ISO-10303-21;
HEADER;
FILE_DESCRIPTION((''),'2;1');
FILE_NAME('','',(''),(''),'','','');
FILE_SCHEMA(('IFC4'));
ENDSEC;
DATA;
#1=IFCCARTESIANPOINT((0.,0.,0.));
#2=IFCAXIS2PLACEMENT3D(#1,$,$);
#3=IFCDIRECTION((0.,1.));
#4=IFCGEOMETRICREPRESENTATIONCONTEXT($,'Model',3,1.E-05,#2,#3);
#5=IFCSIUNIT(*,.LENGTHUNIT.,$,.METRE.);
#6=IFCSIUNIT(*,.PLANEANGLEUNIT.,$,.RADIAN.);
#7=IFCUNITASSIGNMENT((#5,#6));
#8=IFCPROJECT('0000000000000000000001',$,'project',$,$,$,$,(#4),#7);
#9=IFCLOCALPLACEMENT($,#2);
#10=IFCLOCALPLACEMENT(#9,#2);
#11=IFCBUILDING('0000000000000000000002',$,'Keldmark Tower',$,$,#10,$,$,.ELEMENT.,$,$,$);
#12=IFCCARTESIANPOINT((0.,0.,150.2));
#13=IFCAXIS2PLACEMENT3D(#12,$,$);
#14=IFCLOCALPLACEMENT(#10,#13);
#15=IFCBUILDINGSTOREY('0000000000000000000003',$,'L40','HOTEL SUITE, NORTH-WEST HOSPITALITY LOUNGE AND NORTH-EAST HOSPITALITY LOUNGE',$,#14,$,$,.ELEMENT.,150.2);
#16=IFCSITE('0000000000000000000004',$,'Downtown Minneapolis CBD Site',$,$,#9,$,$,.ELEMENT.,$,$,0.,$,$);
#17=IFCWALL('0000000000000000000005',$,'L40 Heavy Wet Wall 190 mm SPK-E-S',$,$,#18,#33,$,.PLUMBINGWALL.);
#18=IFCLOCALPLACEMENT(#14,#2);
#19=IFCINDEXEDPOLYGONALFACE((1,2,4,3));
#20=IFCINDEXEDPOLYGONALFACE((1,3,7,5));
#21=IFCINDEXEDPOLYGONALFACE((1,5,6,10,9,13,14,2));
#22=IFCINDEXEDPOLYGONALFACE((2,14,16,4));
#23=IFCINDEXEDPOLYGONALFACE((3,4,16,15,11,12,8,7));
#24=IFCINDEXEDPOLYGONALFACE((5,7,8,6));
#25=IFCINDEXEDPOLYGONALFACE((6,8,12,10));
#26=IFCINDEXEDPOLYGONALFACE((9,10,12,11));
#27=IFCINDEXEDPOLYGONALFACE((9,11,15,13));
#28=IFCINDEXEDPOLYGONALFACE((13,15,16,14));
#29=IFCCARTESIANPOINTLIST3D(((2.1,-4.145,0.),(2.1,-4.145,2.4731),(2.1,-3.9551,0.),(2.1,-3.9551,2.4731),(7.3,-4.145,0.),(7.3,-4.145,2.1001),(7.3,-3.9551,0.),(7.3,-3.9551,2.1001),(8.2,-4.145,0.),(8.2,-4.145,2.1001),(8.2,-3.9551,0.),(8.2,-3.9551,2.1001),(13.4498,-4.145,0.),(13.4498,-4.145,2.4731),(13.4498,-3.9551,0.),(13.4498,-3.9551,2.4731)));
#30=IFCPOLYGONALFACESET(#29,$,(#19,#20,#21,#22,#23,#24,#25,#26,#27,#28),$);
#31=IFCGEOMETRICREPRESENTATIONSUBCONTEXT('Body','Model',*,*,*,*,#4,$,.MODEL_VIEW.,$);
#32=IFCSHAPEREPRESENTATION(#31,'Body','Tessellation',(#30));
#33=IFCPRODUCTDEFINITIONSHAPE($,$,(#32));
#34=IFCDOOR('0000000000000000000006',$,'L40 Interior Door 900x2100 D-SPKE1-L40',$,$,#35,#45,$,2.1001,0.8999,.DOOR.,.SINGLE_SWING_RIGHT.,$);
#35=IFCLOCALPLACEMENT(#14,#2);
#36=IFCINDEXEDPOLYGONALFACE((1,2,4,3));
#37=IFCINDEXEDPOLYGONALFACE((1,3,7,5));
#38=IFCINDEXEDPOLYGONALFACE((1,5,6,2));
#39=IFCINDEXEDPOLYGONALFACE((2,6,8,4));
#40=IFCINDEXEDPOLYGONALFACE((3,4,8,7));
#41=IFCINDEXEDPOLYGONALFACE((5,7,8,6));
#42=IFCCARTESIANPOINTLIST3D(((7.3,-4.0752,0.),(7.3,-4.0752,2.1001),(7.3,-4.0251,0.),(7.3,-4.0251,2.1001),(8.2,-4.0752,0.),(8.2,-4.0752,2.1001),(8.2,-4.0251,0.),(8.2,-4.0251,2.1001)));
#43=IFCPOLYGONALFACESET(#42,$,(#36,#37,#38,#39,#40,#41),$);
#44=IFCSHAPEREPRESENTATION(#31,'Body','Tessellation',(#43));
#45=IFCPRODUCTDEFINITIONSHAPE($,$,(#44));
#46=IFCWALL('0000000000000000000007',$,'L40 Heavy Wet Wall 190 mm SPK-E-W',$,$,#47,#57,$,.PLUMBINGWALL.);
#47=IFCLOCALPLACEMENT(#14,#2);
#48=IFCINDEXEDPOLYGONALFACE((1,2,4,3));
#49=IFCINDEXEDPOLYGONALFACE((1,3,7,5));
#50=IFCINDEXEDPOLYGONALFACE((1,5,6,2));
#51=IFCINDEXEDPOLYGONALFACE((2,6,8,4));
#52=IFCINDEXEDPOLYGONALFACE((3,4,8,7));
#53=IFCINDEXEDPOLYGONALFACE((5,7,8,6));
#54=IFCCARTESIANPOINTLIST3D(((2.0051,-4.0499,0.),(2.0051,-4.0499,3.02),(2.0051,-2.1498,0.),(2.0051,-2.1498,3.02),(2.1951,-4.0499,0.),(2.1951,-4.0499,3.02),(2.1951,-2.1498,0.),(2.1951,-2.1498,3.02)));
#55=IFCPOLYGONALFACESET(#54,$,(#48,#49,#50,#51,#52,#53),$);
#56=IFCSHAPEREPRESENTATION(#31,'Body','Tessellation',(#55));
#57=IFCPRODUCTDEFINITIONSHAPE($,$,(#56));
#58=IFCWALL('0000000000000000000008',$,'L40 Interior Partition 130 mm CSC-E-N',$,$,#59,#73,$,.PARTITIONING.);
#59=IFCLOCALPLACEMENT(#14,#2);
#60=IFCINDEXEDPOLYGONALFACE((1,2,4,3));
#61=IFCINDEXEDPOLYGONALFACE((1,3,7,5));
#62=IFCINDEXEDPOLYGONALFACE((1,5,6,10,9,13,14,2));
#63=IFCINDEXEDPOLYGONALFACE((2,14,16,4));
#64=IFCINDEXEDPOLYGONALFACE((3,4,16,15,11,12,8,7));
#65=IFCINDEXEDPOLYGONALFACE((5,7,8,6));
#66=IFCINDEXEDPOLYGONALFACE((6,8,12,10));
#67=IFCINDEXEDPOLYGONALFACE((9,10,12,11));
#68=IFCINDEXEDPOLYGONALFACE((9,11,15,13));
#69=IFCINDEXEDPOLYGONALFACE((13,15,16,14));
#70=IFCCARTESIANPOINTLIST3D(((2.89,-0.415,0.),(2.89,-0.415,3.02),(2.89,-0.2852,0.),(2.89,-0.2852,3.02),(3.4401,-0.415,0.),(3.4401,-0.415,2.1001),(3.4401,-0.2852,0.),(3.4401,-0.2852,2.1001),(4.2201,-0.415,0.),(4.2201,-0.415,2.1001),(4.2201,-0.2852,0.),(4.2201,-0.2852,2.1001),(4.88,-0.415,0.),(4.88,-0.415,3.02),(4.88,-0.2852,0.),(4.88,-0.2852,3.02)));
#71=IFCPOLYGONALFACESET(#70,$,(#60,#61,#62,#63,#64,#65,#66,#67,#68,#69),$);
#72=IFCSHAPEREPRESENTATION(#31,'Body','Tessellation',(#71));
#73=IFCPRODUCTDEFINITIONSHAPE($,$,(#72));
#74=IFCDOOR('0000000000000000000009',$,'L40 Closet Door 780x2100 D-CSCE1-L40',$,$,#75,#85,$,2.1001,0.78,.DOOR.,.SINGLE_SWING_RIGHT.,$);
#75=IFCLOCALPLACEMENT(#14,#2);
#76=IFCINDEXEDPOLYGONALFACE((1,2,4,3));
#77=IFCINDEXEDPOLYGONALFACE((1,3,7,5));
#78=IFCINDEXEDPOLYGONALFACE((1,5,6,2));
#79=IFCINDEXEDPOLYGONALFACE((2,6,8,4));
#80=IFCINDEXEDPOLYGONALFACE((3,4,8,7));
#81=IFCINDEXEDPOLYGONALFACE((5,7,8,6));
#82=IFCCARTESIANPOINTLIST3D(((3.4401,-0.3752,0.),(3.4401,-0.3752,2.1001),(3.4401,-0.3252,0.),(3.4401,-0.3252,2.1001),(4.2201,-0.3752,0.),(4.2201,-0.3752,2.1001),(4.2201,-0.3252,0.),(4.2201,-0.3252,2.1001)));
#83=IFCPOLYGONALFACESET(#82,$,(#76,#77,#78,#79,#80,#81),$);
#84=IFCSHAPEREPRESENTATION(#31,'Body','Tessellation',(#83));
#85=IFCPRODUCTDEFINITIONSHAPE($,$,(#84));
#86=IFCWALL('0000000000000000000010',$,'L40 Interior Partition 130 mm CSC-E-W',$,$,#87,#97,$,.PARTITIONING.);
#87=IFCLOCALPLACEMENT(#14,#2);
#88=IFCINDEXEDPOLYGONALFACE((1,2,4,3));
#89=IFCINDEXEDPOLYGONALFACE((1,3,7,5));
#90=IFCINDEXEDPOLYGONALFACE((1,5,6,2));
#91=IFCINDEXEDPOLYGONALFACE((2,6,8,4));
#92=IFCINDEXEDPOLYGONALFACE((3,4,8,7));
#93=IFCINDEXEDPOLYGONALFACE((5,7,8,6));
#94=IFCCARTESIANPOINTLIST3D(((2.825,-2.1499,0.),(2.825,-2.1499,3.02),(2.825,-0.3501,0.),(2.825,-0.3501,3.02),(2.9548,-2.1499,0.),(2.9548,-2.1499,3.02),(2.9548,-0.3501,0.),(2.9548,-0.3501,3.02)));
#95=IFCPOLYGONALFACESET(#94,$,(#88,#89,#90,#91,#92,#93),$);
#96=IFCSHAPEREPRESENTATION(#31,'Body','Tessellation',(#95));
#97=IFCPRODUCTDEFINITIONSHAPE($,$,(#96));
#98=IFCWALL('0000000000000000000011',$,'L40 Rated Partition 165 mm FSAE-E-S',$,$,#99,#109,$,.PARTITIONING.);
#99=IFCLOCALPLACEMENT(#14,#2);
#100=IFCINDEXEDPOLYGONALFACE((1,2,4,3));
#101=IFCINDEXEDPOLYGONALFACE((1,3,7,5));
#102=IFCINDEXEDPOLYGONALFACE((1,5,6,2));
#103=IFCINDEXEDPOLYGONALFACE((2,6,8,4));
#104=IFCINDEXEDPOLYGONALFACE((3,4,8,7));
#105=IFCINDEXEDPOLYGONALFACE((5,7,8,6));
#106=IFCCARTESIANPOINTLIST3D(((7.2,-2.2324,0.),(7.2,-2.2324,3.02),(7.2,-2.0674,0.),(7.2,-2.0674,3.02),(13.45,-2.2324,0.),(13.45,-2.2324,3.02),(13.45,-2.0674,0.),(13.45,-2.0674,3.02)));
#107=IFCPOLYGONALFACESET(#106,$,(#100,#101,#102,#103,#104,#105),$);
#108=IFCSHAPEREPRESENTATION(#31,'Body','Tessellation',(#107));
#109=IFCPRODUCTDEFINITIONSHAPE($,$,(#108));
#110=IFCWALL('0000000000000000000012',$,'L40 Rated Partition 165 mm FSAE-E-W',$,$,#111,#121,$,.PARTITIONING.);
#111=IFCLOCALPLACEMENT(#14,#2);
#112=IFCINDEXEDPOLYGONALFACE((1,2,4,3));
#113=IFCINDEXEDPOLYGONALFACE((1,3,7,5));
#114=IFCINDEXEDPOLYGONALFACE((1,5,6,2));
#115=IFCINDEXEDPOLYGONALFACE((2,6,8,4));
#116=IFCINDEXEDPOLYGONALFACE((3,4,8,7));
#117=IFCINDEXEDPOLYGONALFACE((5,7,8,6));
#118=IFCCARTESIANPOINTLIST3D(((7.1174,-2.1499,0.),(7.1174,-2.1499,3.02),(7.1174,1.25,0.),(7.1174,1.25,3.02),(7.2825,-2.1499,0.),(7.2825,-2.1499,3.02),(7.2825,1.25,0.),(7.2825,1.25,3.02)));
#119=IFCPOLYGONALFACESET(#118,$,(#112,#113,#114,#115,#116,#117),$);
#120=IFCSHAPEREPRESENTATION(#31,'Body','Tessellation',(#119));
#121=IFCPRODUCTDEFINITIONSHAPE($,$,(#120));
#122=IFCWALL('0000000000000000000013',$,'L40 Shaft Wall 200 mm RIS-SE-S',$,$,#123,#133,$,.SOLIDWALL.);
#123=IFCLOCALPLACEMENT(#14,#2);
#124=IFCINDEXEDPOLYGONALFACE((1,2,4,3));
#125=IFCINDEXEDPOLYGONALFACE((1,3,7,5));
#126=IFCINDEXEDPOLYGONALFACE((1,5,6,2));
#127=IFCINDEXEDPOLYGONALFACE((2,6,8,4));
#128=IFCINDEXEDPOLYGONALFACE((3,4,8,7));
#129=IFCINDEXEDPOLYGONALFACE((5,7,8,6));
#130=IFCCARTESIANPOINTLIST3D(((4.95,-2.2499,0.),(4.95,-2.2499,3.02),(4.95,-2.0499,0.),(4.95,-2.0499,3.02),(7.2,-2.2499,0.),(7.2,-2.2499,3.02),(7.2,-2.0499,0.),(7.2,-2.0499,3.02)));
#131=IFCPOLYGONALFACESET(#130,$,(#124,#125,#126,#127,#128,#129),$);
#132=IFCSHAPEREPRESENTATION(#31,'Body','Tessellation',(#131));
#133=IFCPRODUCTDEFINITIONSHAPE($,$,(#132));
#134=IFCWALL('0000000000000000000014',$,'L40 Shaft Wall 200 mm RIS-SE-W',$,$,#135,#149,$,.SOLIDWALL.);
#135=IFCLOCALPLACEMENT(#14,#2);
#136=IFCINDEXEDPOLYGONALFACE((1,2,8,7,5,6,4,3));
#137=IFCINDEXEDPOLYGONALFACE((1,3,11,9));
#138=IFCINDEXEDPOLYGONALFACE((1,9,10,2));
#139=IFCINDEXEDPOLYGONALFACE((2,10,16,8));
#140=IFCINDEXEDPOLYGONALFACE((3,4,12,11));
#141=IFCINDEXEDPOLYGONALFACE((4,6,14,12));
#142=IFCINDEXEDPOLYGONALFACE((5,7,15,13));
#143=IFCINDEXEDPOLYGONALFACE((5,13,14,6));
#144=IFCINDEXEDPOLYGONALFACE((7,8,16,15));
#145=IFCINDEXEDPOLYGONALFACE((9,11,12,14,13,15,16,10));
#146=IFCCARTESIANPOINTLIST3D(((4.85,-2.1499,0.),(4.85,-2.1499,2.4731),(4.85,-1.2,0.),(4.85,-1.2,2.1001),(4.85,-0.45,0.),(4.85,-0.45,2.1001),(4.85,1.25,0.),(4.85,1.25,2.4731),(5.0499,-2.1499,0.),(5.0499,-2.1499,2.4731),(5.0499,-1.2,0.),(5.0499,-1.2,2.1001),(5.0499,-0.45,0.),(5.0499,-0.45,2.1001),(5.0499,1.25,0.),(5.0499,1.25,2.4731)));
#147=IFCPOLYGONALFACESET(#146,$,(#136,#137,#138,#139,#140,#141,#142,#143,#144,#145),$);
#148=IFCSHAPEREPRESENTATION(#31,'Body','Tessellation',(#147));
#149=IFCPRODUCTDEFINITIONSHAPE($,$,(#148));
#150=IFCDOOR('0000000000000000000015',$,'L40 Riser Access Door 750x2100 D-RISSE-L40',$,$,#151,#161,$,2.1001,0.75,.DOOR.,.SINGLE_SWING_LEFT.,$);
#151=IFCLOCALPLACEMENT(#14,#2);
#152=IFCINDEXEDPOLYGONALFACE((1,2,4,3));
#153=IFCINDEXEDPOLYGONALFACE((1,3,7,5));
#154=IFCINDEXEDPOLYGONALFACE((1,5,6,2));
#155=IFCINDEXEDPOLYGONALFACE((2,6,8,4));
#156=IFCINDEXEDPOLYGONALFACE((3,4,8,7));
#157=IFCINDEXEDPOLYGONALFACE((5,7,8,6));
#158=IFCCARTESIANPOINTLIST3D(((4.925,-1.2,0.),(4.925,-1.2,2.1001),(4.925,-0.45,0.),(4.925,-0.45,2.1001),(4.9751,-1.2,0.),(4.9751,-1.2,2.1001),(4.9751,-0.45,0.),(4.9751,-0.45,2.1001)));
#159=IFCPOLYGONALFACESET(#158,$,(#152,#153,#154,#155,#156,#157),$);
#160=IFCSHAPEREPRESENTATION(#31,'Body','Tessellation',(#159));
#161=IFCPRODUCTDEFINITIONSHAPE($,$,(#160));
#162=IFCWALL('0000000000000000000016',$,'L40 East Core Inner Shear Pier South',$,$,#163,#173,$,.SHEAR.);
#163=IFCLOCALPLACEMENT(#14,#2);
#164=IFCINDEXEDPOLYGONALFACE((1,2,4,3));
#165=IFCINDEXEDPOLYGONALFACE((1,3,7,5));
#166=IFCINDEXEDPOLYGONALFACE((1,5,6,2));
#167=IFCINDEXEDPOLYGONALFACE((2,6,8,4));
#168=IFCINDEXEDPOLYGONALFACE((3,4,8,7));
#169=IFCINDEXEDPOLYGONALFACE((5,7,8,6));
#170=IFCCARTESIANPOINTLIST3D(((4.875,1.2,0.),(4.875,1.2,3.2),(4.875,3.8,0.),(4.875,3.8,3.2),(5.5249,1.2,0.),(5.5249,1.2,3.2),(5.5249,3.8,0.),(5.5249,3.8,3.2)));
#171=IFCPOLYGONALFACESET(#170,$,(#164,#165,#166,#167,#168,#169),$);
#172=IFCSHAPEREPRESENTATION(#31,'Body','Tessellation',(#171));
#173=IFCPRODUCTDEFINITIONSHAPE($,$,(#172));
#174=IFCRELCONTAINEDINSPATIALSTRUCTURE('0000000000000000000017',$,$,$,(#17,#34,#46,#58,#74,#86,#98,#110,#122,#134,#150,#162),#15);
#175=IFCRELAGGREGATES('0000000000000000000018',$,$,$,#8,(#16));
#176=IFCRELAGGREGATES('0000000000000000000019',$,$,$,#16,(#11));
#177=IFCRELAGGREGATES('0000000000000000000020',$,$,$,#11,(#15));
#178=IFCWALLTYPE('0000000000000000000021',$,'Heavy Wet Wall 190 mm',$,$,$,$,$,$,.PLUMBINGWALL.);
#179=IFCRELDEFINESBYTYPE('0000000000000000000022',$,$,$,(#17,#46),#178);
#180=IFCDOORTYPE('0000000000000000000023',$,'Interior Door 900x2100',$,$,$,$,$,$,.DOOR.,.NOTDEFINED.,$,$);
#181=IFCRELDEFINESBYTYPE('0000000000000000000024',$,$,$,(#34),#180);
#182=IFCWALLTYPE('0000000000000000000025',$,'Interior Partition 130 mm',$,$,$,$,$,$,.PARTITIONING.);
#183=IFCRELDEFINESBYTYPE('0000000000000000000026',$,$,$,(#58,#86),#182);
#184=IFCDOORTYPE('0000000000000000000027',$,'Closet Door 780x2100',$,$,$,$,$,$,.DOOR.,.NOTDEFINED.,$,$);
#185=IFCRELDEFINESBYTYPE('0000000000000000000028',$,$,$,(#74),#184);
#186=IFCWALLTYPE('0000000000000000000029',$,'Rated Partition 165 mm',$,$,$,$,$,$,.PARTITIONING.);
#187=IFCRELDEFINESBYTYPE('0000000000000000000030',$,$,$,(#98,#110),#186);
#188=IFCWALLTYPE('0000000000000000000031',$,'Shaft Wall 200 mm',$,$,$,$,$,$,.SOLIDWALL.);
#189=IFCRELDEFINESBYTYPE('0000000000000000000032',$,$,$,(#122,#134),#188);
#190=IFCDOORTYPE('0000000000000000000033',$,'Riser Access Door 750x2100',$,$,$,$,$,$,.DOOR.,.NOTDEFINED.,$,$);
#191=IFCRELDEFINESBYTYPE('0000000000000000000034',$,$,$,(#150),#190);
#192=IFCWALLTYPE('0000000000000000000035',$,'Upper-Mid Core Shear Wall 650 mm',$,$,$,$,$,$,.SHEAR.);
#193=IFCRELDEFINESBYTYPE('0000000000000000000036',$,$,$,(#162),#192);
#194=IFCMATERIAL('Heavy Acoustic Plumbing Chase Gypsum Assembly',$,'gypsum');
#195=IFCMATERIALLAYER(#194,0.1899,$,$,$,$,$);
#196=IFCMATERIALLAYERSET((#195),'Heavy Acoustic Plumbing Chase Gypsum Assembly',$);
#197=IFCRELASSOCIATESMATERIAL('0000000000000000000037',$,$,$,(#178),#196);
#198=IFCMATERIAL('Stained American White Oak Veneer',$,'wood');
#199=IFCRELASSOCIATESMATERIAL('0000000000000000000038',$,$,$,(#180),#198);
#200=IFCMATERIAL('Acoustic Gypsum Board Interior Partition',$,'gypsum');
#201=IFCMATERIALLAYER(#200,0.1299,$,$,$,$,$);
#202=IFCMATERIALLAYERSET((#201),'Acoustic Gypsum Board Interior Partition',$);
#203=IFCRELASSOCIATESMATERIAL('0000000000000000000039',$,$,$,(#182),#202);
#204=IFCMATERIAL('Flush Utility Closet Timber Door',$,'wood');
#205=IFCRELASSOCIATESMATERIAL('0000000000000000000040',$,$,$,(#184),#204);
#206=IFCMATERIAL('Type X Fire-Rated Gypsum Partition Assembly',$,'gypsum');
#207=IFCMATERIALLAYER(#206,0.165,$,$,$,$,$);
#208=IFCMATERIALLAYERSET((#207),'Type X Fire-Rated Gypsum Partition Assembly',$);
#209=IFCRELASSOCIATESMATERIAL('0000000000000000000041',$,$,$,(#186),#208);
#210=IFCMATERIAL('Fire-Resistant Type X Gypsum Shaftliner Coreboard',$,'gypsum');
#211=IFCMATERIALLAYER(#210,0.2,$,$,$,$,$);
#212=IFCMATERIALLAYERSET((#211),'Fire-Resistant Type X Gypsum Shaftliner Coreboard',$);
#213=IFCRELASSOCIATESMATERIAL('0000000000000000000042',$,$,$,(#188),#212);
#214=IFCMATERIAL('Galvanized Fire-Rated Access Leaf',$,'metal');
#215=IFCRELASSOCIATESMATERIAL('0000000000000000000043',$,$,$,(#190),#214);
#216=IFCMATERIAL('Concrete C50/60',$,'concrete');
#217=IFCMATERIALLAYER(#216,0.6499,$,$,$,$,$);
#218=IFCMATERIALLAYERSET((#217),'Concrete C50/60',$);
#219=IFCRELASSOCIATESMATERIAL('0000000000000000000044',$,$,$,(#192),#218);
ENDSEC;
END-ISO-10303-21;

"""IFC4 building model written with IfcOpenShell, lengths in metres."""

from ifc_helpers import new_model, si_unit, direction, frame, frame_2d, origin, place, context, subcontext, project, spatial, rectangle, extrude, material, layer, layer_set, type_object, element, fill, save


model = new_model("IFC4")

# Units and contexts
model_context = context("Model", 3, precision=1e-05, world=origin(), true_north=direction((0.0, 1.0)))
body_context = subcontext(model_context, "Body", "Model", "MODEL_VIEW")
ifc_project = project(units=[si_unit("LENGTHUNIT", "METRE"), si_unit("PLANEANGLEUNIT", "RADIAN")], contexts=[model_context])

# Site, building, storey
site_placement = place(None, origin())
site = spatial("IfcSite", under=ifc_project, at=site_placement, Name="Downtown Minneapolis CBD Site", CompositionType="ELEMENT", RefElevation=0.0)
building_placement = place(site_placement, origin())
building = spatial("IfcBuilding", under=site, at=building_placement, Name="Keldmark Tower", CompositionType="ELEMENT")
storey_placement = place(building_placement, frame((0.0, 0.0, 150.2)))
storey = spatial("IfcBuildingStorey", under=building, at=storey_placement, Name="L40", Description="HOTEL SUITE, NORTH-WEST HOSPITALITY LOUNGE AND NORTH-EAST HOSPITALITY LOUNGE", CompositionType="ELEMENT", Elevation=150.2)

# Wall, opening, door
ifc_material_1 = material(Name="Heavy Acoustic Plumbing Chase Gypsum Assembly", Category="gypsum")
ifc_layer_1 = layer(ifc_material_1, 0.1899)
ifc_layer_set_1 = layer_set([ifc_layer_1], Name="Heavy Acoustic Plumbing Chase Gypsum Assembly")
wall_type_1 = type_object("IfcWallType", Name="Heavy Wet Wall 190 mm", PredefinedType="PLUMBINGWALL", material=ifc_layer_set_1)
wall_1_placement = place(storey_placement, frame((2.1001, -4.05, 0.0), z_axis=(0.0, 0.0, 1.0), x_axis=(1.0, 0.0, 0.0)))
wall_1 = element("IfcWall", 1, at=wall_1_placement, inside=storey, type_object=wall_type_1, Name="L40 Heavy Wet Wall 190 mm SPK-E-S", PredefinedType="PLUMBINGWALL", context=body_context, shape_type="SweptSolid", body=[
    extrude(rectangle(XDim=11.3499, YDim=0.1899, at=frame_2d((5.6748, 0.0))), origin(), (0.0, 0.0, 1.0), 2.4731),
])
opening_1_placement = place(wall_1_placement, frame((5.2, 0.0, 0.0)))
opening_1 = element("IfcOpeningElement", 2, at=opening_1_placement, cuts=wall_1, PredefinedType="OPENING", context=body_context, shape_type="SweptSolid", body=[
    extrude(rectangle(XDim=0.8999, YDim=2.1001, at=frame_2d((0.45, 1.05))), frame((0.0, 0.105, 0.0), z_axis=(0.0, -1.0, 0.0), x_axis=(1.0, 0.0, 0.0)), (0.0, 0.0, 1.0), 0.21),
])
ifc_material_2 = material(Name="Stained American White Oak Veneer", Category="wood")
door_type_1 = type_object("IfcDoorType", Name="Interior Door 900x2100", OperationType="NOTDEFINED", PredefinedType="DOOR", material=ifc_material_2)
door_1_placement = place(opening_1_placement, origin())
door_1 = element("IfcDoor", 3, at=door_1_placement, inside=storey, type_object=door_type_1, Name="L40 Interior Door 900x2100 D-SPKE1-L40", OperationType="SINGLE_SWING_RIGHT", OverallHeight=2.1001, OverallWidth=0.8999, PredefinedType="DOOR", context=body_context, shape_type="SweptSolid", body=[
    extrude(rectangle(XDim=0.8999, YDim=2.1001, at=frame_2d((0.45, 1.05))), frame((0.0, 0.0249, 0.0), z_axis=(0.0, -1.0, 0.0), x_axis=(1.0, 0.0, 0.0)), (0.0, 0.0, 1.0), 0.05),
])
fill(opening_1, door_1)

# Wall
wall_2_placement = place(storey_placement, frame((2.1001, -4.05, 0.0), z_axis=(0.0, 0.0, 1.0), x_axis=(0.0, 1.0, 0.0)))
element("IfcWall", 4, at=wall_2_placement, inside=storey, type_object=wall_type_1, Name="L40 Heavy Wet Wall 190 mm SPK-E-W", PredefinedType="PLUMBINGWALL", context=body_context, shape_type="SweptSolid", body=[
    extrude(rectangle(XDim=1.9001, YDim=0.1899, at=frame_2d((0.9502, 0.0))), origin(), (0.0, 0.0, 1.0), 3.02),
])

# Wall, opening, door
ifc_material_3 = material(Name="Acoustic Gypsum Board Interior Partition", Category="gypsum")
ifc_layer_2 = layer(ifc_material_3, 0.1299)
ifc_layer_set_2 = layer_set([ifc_layer_2], Name="Acoustic Gypsum Board Interior Partition")
wall_type_2 = type_object("IfcWallType", Name="Interior Partition 130 mm", PredefinedType="PARTITIONING", material=ifc_layer_set_2)
wall_3_placement = place(storey_placement, frame((2.8899, -0.3501, 0.0), z_axis=(0.0, 0.0, 1.0), x_axis=(1.0, 0.0, 0.0)))
wall_3 = element("IfcWall", 5, at=wall_3_placement, inside=storey, type_object=wall_type_2, Name="L40 Interior Partition 130 mm CSC-E-N", PredefinedType="PARTITIONING", context=body_context, shape_type="SweptSolid", body=[
    extrude(rectangle(XDim=1.99, YDim=0.1299, at=frame_2d((0.9951, 0.0))), origin(), (0.0, 0.0, 1.0), 3.02),
])
opening_2_placement = place(wall_3_placement, frame((0.55, 0.0, 0.0)))
opening_2 = element("IfcOpeningElement", 6, at=opening_2_placement, cuts=wall_3, PredefinedType="OPENING", context=body_context, shape_type="SweptSolid", body=[
    extrude(rectangle(XDim=0.78, YDim=2.1001, at=frame_2d((0.3901, 1.05))), frame((0.0, 0.075, 0.0), z_axis=(0.0, -1.0, 0.0), x_axis=(1.0, 0.0, 0.0)), (0.0, 0.0, 1.0), 0.1499),
])
ifc_material_4 = material(Name="Flush Utility Closet Timber Door", Category="wood")
door_type_2 = type_object("IfcDoorType", Name="Closet Door 780x2100", OperationType="NOTDEFINED", PredefinedType="DOOR", material=ifc_material_4)
door_2_placement = place(opening_2_placement, origin())
door_2 = element("IfcDoor", 7, at=door_2_placement, inside=storey, type_object=door_type_2, Name="L40 Closet Door 780x2100 D-CSCE1-L40", OperationType="SINGLE_SWING_RIGHT", OverallHeight=2.1001, OverallWidth=0.78, PredefinedType="DOOR", context=body_context, shape_type="SweptSolid", body=[
    extrude(rectangle(XDim=0.78, YDim=2.1001, at=frame_2d((0.3901, 1.05))), frame((0.0, 0.0249, 0.0), z_axis=(0.0, -1.0, 0.0), x_axis=(1.0, 0.0, 0.0)), (0.0, 0.0, 1.0), 0.05),
])
fill(opening_2, door_2)

# Walls
wall_4_placement = place(storey_placement, frame((2.8899, -2.1499, 0.0), z_axis=(0.0, 0.0, 1.0), x_axis=(0.0, 1.0, 0.0)))
element("IfcWall", 8, at=wall_4_placement, inside=storey, type_object=wall_type_2, Name="L40 Interior Partition 130 mm CSC-E-W", PredefinedType="PARTITIONING", context=body_context, shape_type="SweptSolid", body=[
    extrude(rectangle(XDim=1.7998, YDim=0.1299, at=frame_2d((0.8999, 0.0))), origin(), (0.0, 0.0, 1.0), 3.02),
])
ifc_material_5 = material(Name="Type X Fire-Rated Gypsum Partition Assembly", Category="gypsum")
ifc_layer_3 = layer(ifc_material_5, 0.165)
ifc_layer_set_3 = layer_set([ifc_layer_3], Name="Type X Fire-Rated Gypsum Partition Assembly")
wall_type_3 = type_object("IfcWallType", Name="Rated Partition 165 mm", PredefinedType="PARTITIONING", material=ifc_layer_set_3)
wall_5_placement = place(storey_placement, frame((7.2, -2.1499, 0.0), z_axis=(0.0, 0.0, 1.0), x_axis=(1.0, 0.0, 0.0)))
element("IfcWall", 9, at=wall_5_placement, inside=storey, type_object=wall_type_3, Name="L40 Rated Partition 165 mm FSAE-E-S", PredefinedType="PARTITIONING", context=body_context, shape_type="SweptSolid", body=[
    extrude(rectangle(XDim=6.25, YDim=0.165, at=frame_2d((3.125, 0.0))), origin(), (0.0, 0.0, 1.0), 3.02),
])
wall_6_placement = place(storey_placement, frame((7.2, -2.1499, 0.0), z_axis=(0.0, 0.0, 1.0), x_axis=(0.0, 1.0, 0.0)))
element("IfcWall", 10, at=wall_6_placement, inside=storey, type_object=wall_type_3, Name="L40 Rated Partition 165 mm FSAE-E-W", PredefinedType="PARTITIONING", context=body_context, shape_type="SweptSolid", body=[
    extrude(rectangle(XDim=3.3999, YDim=0.165, at=frame_2d((1.7, 0.0))), origin(), (0.0, 0.0, 1.0), 3.02),
])
ifc_material_6 = material(Name="Fire-Resistant Type X Gypsum Shaftliner Coreboard", Category="gypsum")
ifc_layer_4 = layer(ifc_material_6, 0.2)
ifc_layer_set_4 = layer_set([ifc_layer_4], Name="Fire-Resistant Type X Gypsum Shaftliner Coreboard")
wall_type_4 = type_object("IfcWallType", Name="Shaft Wall 200 mm", PredefinedType="SOLIDWALL", material=ifc_layer_set_4)
wall_7_placement = place(storey_placement, frame((4.95, -2.1499, 0.0), z_axis=(0.0, 0.0, 1.0), x_axis=(1.0, 0.0, 0.0)))
element("IfcWall", 11, at=wall_7_placement, inside=storey, type_object=wall_type_4, Name="L40 Shaft Wall 200 mm RIS-SE-S", PredefinedType="SOLIDWALL", context=body_context, shape_type="SweptSolid", body=[
    extrude(rectangle(XDim=2.25, YDim=0.2, at=frame_2d((1.125, 0.0))), origin(), (0.0, 0.0, 1.0), 3.02),
])

# Wall, opening, door
wall_8_placement = place(storey_placement, frame((4.95, -2.1499, 0.0), z_axis=(0.0, 0.0, 1.0), x_axis=(0.0, 1.0, 0.0)))
wall_8 = element("IfcWall", 12, at=wall_8_placement, inside=storey, type_object=wall_type_4, Name="L40 Shaft Wall 200 mm RIS-SE-W", PredefinedType="SOLIDWALL", context=body_context, shape_type="SweptSolid", body=[
    extrude(rectangle(XDim=3.3999, YDim=0.2, at=frame_2d((1.7, 0.0))), origin(), (0.0, 0.0, 1.0), 2.4731),
])
opening_3_placement = place(wall_8_placement, frame((0.95, 0.0, 0.0)))
opening_3 = element("IfcOpeningElement", 13, at=opening_3_placement, cuts=wall_8, PredefinedType="OPENING", context=body_context, shape_type="SweptSolid", body=[
    extrude(rectangle(XDim=0.75, YDim=2.1001, at=frame_2d((0.375, 1.05))), frame((0.0, 0.1099, 0.0), z_axis=(0.0, -1.0, 0.0), x_axis=(1.0, 0.0, 0.0)), (0.0, 0.0, 1.0), 0.22),
])
ifc_material_7 = material(Name="Galvanized Fire-Rated Access Leaf", Category="metal")
door_type_3 = type_object("IfcDoorType", Name="Riser Access Door 750x2100", OperationType="NOTDEFINED", PredefinedType="DOOR", material=ifc_material_7)
door_3_placement = place(opening_3_placement, origin())
door_3 = element("IfcDoor", 14, at=door_3_placement, inside=storey, type_object=door_type_3, Name="L40 Riser Access Door 750x2100 D-RISSE-L40", OperationType="SINGLE_SWING_LEFT", OverallHeight=2.1001, OverallWidth=0.75, PredefinedType="DOOR", context=body_context, shape_type="SweptSolid", body=[
    extrude(rectangle(XDim=0.75, YDim=2.1001, at=frame_2d((0.375, 1.05))), frame((0.0, 0.0249, 0.0), z_axis=(0.0, -1.0, 0.0), x_axis=(1.0, 0.0, 0.0)), (0.0, 0.0, 1.0), 0.05),
])
fill(opening_3, door_3)

# Wall
ifc_material_8 = material(Name="Concrete C50/60", Category="concrete")
ifc_layer_5 = layer(ifc_material_8, 0.6499)
ifc_layer_set_5 = layer_set([ifc_layer_5], Name="Concrete C50/60")
wall_type_5 = type_object("IfcWallType", Name="Upper-Mid Core Shear Wall 650 mm", PredefinedType="SHEAR", material=ifc_layer_set_5)
wall_9_placement = place(storey_placement, frame((5.2, 1.2, 0.0), z_axis=(0.0, 0.0, 1.0), x_axis=(0.0, 1.0, 0.0)))
element("IfcWall", 15, at=wall_9_placement, inside=storey, type_object=wall_type_5, Name="L40 East Core Inner Shear Pier South", PredefinedType="SHEAR", context=body_context, shape_type="SweptSolid", body=[
    extrude(rectangle(XDim=2.6001, YDim=0.6499, at=frame_2d((1.3, 0.0))), origin(), (0.0, 0.0, 1.0), 3.2),
])

save(model, "model.ifc")
